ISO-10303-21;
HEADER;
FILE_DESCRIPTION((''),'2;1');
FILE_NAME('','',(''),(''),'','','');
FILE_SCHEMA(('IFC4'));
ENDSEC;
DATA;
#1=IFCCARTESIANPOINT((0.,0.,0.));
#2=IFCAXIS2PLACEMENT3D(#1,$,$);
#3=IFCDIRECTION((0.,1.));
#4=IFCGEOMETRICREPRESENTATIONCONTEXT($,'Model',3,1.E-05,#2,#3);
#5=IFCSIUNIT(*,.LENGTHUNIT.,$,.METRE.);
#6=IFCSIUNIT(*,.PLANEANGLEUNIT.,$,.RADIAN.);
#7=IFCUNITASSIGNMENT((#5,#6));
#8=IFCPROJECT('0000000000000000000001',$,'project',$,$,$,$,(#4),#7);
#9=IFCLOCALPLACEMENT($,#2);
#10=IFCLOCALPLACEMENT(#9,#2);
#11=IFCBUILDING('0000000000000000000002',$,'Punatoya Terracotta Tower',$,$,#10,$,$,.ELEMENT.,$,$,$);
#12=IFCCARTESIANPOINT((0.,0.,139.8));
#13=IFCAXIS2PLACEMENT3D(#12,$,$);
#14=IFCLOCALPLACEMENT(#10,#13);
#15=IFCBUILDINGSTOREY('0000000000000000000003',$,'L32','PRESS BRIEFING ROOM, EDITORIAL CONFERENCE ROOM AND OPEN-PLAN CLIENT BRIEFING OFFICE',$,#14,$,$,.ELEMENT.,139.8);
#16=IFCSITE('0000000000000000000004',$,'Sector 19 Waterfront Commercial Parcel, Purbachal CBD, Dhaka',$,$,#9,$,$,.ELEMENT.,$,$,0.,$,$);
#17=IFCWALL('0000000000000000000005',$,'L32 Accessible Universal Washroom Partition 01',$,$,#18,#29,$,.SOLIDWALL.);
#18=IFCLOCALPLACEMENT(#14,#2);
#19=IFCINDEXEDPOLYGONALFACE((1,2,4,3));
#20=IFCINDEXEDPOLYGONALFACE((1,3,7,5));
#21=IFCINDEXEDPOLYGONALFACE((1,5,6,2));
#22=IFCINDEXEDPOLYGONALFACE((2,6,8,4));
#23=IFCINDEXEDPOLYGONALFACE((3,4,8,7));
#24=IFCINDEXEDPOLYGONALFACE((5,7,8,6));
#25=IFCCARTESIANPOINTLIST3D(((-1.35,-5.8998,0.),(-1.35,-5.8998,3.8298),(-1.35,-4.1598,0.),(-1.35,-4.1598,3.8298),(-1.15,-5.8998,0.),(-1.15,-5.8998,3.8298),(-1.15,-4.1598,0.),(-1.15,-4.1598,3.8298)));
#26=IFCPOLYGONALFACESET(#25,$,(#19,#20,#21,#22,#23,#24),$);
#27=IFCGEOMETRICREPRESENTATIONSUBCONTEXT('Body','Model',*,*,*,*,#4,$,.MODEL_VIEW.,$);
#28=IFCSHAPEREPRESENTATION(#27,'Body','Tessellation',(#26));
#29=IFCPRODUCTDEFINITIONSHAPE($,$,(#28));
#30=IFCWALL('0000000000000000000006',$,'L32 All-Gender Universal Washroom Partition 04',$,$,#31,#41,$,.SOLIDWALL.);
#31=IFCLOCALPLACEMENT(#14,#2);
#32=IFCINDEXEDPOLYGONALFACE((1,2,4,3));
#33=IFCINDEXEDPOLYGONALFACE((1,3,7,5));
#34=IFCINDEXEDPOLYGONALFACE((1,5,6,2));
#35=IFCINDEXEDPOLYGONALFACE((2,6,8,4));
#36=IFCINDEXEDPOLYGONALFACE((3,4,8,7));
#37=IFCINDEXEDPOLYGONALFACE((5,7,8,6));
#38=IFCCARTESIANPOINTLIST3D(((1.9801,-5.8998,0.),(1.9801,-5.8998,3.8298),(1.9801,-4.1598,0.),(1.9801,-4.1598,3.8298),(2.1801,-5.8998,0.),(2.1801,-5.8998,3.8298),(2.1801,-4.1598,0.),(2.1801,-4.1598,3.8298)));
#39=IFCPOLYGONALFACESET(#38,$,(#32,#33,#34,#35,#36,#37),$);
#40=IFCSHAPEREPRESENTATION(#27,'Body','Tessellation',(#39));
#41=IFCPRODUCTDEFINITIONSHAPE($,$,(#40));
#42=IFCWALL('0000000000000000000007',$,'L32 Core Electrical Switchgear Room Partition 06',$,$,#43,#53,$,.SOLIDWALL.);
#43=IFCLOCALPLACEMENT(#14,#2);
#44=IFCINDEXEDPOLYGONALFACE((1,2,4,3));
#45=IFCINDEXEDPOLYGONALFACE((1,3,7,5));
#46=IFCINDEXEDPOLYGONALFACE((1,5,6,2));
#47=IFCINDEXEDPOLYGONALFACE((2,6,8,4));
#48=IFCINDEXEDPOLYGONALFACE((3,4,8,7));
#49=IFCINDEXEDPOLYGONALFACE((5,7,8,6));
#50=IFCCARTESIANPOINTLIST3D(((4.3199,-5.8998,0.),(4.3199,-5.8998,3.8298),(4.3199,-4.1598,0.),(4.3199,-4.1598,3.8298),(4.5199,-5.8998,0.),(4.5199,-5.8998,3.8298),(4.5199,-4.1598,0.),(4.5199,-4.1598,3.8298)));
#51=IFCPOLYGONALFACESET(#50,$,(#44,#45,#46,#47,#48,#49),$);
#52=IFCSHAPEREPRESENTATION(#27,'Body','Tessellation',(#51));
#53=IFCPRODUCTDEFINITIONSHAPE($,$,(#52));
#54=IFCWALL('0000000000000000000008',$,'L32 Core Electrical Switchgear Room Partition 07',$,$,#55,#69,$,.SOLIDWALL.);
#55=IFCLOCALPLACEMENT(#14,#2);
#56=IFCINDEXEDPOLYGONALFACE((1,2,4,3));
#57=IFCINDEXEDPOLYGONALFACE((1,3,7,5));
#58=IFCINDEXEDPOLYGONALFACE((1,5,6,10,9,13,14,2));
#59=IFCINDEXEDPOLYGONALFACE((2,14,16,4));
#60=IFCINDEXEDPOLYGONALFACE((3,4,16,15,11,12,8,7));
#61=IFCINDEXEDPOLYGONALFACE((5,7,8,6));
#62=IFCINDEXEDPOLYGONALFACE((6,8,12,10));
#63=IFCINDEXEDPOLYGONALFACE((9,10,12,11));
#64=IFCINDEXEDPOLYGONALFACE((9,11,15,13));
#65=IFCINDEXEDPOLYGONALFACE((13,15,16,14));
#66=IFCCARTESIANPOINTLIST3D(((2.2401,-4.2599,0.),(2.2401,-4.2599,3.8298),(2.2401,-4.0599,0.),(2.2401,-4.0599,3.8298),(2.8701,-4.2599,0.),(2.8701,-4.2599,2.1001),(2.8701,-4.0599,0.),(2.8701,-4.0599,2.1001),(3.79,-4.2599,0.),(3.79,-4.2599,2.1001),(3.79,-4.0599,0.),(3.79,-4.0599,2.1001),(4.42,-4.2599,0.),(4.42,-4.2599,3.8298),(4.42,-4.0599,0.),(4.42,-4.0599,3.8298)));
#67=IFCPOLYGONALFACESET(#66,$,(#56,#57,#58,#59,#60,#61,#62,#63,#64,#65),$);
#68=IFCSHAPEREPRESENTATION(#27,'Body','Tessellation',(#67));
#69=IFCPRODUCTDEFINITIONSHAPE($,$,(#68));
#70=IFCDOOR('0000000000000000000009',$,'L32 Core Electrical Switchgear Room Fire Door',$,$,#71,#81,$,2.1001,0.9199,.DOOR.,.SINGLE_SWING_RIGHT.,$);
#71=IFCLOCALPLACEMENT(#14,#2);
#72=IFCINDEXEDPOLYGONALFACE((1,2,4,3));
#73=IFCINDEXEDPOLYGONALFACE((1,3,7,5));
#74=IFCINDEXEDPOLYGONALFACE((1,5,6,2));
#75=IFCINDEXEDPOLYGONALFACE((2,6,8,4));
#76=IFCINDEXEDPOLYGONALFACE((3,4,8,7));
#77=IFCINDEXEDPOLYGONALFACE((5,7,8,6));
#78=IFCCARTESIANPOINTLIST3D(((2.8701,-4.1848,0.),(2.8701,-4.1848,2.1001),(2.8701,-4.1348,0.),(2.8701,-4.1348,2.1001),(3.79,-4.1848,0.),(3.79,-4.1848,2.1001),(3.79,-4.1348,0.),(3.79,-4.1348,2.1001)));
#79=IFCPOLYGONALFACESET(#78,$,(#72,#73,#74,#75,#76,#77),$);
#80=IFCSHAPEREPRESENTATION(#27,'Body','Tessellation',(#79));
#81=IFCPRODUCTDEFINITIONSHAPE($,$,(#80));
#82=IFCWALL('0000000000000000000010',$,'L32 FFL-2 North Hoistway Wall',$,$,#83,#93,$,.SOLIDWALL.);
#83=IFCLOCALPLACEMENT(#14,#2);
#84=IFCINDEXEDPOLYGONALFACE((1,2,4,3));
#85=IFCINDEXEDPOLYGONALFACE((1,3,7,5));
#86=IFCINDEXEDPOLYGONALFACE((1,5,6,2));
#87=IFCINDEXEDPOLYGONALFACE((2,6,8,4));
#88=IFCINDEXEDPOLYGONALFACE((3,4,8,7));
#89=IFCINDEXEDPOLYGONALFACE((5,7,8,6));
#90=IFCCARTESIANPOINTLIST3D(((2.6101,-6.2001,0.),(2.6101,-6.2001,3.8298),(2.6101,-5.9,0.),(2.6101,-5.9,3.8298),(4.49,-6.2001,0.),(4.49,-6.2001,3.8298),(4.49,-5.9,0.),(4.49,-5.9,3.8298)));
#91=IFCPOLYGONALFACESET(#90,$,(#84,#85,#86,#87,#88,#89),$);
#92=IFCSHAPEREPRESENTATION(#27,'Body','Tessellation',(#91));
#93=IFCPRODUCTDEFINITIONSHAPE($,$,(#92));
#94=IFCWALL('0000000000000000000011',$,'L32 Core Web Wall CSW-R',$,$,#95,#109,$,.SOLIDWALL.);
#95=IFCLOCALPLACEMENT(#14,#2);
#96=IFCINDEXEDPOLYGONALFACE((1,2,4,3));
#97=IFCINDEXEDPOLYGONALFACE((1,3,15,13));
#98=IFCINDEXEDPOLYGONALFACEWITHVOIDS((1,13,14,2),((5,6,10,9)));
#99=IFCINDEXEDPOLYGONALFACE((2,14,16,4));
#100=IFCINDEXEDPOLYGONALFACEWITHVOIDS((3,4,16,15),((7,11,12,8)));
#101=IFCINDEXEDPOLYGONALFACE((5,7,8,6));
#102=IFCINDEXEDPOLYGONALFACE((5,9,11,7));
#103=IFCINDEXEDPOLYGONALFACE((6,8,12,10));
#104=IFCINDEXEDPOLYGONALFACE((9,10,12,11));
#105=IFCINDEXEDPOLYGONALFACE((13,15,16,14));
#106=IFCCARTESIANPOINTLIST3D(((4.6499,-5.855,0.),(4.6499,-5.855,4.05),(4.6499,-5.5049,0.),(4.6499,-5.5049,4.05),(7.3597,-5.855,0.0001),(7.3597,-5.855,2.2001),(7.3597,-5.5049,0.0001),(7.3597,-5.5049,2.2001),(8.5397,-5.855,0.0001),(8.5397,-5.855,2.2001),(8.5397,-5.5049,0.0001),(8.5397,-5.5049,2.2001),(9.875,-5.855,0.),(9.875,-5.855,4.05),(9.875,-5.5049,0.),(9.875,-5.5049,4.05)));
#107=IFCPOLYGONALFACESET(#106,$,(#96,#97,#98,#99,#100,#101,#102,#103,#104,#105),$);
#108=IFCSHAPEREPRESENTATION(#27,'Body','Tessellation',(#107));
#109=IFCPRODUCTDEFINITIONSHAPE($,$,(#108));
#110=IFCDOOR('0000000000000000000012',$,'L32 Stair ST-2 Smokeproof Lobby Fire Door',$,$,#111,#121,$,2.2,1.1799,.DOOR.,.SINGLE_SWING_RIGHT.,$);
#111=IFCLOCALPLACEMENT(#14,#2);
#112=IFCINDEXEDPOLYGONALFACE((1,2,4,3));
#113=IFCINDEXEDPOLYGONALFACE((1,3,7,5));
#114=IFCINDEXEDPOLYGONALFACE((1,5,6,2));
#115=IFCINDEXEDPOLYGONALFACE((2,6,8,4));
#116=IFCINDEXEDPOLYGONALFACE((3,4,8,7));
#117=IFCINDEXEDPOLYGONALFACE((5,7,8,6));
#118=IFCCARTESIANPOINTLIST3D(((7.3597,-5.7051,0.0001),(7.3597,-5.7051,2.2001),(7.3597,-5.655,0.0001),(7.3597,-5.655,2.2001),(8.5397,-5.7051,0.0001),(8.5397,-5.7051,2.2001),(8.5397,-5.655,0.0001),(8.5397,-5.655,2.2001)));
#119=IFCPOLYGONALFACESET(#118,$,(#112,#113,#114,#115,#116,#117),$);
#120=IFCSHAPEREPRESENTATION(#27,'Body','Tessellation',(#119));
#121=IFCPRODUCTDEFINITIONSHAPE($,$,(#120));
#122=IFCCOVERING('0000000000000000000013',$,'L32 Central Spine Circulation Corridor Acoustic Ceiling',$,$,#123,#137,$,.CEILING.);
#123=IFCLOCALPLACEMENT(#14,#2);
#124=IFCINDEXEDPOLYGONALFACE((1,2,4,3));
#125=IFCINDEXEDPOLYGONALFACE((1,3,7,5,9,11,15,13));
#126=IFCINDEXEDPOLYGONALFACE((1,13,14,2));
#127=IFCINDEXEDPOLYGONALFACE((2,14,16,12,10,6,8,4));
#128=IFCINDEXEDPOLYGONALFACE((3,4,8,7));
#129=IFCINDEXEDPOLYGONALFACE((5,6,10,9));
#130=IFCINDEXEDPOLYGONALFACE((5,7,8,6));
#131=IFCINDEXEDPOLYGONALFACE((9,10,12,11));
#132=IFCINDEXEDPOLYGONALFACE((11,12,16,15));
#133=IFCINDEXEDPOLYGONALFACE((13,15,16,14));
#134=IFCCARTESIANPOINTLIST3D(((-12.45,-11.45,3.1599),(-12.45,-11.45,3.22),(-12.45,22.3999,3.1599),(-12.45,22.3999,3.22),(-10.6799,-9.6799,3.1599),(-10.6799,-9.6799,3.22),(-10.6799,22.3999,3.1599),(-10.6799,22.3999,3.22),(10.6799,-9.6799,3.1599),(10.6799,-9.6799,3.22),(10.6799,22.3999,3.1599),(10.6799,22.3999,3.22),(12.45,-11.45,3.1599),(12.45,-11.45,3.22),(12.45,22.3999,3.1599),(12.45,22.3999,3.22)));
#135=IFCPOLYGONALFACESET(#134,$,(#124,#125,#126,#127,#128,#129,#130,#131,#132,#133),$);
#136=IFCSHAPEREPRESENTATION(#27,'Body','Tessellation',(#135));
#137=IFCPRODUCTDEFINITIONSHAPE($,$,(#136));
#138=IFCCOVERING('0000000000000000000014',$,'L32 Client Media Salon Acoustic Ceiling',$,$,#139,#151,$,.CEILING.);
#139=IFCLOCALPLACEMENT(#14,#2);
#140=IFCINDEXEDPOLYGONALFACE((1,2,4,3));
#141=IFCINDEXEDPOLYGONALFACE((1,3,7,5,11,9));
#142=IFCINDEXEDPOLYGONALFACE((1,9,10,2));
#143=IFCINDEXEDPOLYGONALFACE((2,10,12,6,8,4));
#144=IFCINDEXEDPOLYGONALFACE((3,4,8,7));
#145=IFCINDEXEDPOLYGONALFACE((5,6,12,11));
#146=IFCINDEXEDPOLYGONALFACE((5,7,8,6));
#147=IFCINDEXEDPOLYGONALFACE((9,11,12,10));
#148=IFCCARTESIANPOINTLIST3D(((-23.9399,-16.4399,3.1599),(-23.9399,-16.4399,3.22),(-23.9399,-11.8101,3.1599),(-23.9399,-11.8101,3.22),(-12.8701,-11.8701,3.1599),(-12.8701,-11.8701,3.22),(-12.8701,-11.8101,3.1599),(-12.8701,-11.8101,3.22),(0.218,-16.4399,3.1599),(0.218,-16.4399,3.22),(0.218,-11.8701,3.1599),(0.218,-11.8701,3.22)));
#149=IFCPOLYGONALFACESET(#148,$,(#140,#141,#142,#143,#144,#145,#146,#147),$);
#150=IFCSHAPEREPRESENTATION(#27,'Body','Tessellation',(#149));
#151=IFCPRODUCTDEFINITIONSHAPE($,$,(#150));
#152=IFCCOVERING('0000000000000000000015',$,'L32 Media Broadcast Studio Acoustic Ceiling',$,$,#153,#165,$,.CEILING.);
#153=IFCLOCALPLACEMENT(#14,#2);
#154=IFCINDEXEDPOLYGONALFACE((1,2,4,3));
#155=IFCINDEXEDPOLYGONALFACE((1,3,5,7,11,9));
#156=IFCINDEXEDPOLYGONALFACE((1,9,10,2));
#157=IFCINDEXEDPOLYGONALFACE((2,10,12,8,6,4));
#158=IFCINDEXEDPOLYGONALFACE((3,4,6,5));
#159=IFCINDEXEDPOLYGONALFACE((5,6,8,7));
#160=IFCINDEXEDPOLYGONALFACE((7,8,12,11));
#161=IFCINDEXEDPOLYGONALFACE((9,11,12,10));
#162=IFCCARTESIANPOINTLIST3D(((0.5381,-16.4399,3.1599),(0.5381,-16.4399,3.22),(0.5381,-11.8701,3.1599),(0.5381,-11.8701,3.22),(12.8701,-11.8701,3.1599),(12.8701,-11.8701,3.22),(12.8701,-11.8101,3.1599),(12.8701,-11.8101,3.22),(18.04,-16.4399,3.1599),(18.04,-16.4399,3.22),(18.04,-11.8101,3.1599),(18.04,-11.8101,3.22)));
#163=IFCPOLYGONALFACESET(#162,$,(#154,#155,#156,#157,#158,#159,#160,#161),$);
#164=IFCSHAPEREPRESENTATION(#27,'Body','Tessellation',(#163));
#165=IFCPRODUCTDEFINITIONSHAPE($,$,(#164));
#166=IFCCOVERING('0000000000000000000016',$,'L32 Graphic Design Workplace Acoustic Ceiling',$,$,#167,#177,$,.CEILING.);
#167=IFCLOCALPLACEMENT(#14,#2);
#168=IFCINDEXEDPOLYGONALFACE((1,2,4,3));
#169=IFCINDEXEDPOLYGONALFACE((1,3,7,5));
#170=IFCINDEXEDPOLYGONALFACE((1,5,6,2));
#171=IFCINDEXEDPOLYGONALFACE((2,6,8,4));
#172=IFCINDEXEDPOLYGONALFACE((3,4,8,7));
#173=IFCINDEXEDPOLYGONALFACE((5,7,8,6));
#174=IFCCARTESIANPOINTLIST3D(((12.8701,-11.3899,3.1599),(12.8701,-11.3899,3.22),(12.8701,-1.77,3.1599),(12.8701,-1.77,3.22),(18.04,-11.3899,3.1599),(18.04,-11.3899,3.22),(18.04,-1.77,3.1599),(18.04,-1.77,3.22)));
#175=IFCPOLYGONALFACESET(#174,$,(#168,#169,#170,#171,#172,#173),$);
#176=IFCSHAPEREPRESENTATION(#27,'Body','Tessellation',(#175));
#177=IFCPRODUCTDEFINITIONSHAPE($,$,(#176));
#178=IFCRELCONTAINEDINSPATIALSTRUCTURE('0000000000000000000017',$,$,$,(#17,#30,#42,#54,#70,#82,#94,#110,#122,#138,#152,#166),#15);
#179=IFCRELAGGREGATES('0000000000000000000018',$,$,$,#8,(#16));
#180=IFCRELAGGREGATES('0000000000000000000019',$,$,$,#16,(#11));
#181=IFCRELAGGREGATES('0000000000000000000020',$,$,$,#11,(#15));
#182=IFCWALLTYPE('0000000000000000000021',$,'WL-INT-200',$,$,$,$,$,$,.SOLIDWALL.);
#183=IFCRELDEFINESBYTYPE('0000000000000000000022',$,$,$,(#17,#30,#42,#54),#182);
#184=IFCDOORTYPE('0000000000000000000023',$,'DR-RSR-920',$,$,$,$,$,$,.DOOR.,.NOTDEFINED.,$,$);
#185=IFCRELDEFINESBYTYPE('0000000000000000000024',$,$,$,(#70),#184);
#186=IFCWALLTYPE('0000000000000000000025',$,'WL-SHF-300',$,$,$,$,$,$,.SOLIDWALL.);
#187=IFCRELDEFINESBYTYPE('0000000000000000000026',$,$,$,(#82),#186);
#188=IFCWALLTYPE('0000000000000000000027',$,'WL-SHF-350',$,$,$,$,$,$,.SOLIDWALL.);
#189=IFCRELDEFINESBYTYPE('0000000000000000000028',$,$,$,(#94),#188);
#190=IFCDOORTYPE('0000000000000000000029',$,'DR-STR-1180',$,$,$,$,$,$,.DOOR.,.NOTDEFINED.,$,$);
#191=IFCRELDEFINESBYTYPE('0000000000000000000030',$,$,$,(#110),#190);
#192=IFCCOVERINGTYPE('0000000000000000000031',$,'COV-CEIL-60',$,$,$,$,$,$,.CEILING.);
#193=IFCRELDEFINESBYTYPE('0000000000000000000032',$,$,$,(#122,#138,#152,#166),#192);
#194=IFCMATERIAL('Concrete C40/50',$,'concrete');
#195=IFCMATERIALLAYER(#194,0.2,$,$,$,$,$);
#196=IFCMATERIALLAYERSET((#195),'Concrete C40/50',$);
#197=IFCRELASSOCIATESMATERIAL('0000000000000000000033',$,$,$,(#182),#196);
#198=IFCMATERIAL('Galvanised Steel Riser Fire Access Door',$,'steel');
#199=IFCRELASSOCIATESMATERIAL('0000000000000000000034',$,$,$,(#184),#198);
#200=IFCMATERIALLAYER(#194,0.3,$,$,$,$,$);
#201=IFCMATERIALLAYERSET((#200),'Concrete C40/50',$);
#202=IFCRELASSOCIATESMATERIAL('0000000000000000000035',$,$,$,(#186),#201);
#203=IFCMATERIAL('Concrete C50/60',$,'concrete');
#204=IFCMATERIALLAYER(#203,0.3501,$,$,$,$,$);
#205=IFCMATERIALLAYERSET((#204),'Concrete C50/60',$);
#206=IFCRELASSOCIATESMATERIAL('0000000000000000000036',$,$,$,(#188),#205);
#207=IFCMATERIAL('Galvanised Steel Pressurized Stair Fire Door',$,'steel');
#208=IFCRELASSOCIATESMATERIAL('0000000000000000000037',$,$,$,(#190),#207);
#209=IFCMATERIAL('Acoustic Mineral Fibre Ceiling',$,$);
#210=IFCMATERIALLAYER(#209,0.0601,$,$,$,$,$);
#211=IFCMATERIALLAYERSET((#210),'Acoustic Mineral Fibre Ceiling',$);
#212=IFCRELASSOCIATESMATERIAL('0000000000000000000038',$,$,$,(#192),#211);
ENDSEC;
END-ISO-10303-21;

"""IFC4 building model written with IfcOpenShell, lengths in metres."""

from ifc_helpers import new_model, si_unit, direction, frame, frame_2d, origin, place, context, subcontext, project, spatial, polyline, rectangle, outline, extrude, material, layer, layer_set, type_object, element, fill, save


model = new_model("IFC4")

# Units and contexts
model_context = context("Model", 3, precision=1e-05, world=origin(), true_north=direction((0.0, 1.0)))
body_context = subcontext(model_context, "Body", "Model", "MODEL_VIEW")
ifc_project = project(units=[si_unit("LENGTHUNIT", "METRE"), si_unit("PLANEANGLEUNIT", "RADIAN")], contexts=[model_context])

# Site, building, storey
site_placement = place(None, origin())
site = spatial("IfcSite", under=ifc_project, at=site_placement, Name="Sector 19 Waterfront Commercial Parcel, Purbachal CBD, Dhaka", CompositionType="ELEMENT", RefElevation=0.0)
building_placement = place(site_placement, origin())
building = spatial("IfcBuilding", under=site, at=building_placement, Name="Punatoya Terracotta Tower", CompositionType="ELEMENT")
storey_placement = place(building_placement, frame((0.0, 0.0, 139.8)))
storey = spatial("IfcBuildingStorey", under=building, at=storey_placement, Name="L32", Description="PRESS BRIEFING ROOM, EDITORIAL CONFERENCE ROOM AND OPEN-PLAN CLIENT BRIEFING OFFICE", CompositionType="ELEMENT", Elevation=139.8)

# Shared definitions
ifc_material_1 = material(Name="Concrete C40/50", Category="concrete")

# Wall
ifc_layer_1 = layer(ifc_material_1, 0.2)
ifc_layer_set_1 = layer_set([ifc_layer_1], Name="Concrete C40/50")
wall_type_1 = type_object("IfcWallType", Name="WL-INT-200", PredefinedType="SOLIDWALL", material=ifc_layer_set_1)
wall_1_placement = place(storey_placement, frame((-1.25, -5.8999, 0.0), z_axis=(0.0, 0.0, 1.0), x_axis=(0.0, 1.0, 0.0)))
element("IfcWall", 1, at=wall_1_placement, inside=storey, type_object=wall_type_1, Name="L32 Accessible Universal Washroom Partition 01", PredefinedType="SOLIDWALL", context=body_context, shape_type="SweptSolid", body=[
    extrude(rectangle(XDim=1.74, YDim=0.2, at=frame_2d((0.8701, 0.0))), origin(), (0.0, 0.0, 1.0), 3.8298),
])

# Wall
wall_2_placement = place(storey_placement, frame((2.0801, -5.8999, 0.0), z_axis=(0.0, 0.0, 1.0), x_axis=(0.0, 1.0, 0.0)))
element("IfcWall", 2, at=wall_2_placement, inside=storey, type_object=wall_type_1, Name="L32 All-Gender Universal Washroom Partition 04", PredefinedType="SOLIDWALL", context=body_context, shape_type="SweptSolid", body=[
    extrude(rectangle(XDim=1.74, YDim=0.2, at=frame_2d((0.8701, 0.0))), origin(), (0.0, 0.0, 1.0), 3.8298),
])

# Wall
wall_3_placement = place(storey_placement, frame((4.4199, -5.8999, 0.0), z_axis=(0.0, 0.0, 1.0), x_axis=(0.0, 1.0, 0.0)))
element("IfcWall", 3, at=wall_3_placement, inside=storey, type_object=wall_type_1, Name="L32 Core Electrical Switchgear Room Partition 06", PredefinedType="SOLIDWALL", context=body_context, shape_type="SweptSolid", body=[
    extrude(rectangle(XDim=1.74, YDim=0.2, at=frame_2d((0.8701, 0.0))), origin(), (0.0, 0.0, 1.0), 3.8298),
])

# Wall, opening, door
wall_4_placement = place(storey_placement, frame((4.4199, -4.1599, 0.0), z_axis=(0.0, 0.0, 1.0), x_axis=(-1.0, 0.0, 0.0)))
wall_4 = element("IfcWall", 4, at=wall_4_placement, inside=storey, type_object=wall_type_1, Name="L32 Core Electrical Switchgear Room Partition 07", PredefinedType="SOLIDWALL", context=body_context, shape_type="SweptSolid", body=[
    extrude(rectangle(XDim=2.1799, YDim=0.2, at=frame_2d((1.0898, 0.0))), origin(), (0.0, 0.0, 1.0), 3.8298),
])
opening_1_placement = place(wall_4_placement, frame((0.6299, 0.0, 0.0)))
opening_1 = element("IfcOpeningElement", 5, at=opening_1_placement, cuts=wall_4, PredefinedType="OPENING", context=body_context, shape_type="SweptSolid", body=[
    extrude(rectangle(XDim=0.9199, YDim=2.1001, at=frame_2d((0.46, 1.05))), frame((0.0, 0.1099, 0.0), z_axis=(0.0, -1.0, 0.0), x_axis=(1.0, 0.0, 0.0)), (0.0, 0.0, 1.0), 0.22),
])
ifc_material_2 = material(Name="Galvanised Steel Riser Fire Access Door", Category="steel")
door_type_1 = type_object("IfcDoorType", Name="DR-RSR-920", OperationType="NOTDEFINED", PredefinedType="DOOR", material=ifc_material_2)
door_1_placement = place(opening_1_placement, origin())
door_1 = element("IfcDoor", 6, at=door_1_placement, inside=storey, type_object=door_type_1, Name="L32 Core Electrical Switchgear Room Fire Door", OperationType="SINGLE_SWING_RIGHT", OverallHeight=2.1001, OverallWidth=0.9199, PredefinedType="DOOR", context=body_context, shape_type="SweptSolid", body=[
    extrude(rectangle(XDim=0.9199, YDim=2.1001, at=frame_2d((0.46, 1.05))), frame((0.0, 0.0249, 0.0), z_axis=(0.0, -1.0, 0.0), x_axis=(1.0, 0.0, 0.0)), (0.0, 0.0, 1.0), 0.05),
])
fill(opening_1, door_1)

# Wall
ifc_layer_2 = layer(ifc_material_1, 0.3)
ifc_layer_set_2 = layer_set([ifc_layer_2], Name="Concrete C40/50")
wall_type_2 = type_object("IfcWallType", Name="WL-SHF-300", PredefinedType="SOLIDWALL", material=ifc_layer_set_2)
wall_5_placement = place(storey_placement, frame((2.6101, -6.05, 0.0), z_axis=(0.0, 0.0, 1.0), x_axis=(1.0, 0.0, 0.0)))
element("IfcWall", 7, at=wall_5_placement, inside=storey, type_object=wall_type_2, Name="L32 FFL-2 North Hoistway Wall", PredefinedType="SOLIDWALL", context=body_context, shape_type="SweptSolid", body=[
    extrude(rectangle(XDim=1.8799, YDim=0.3, at=frame_2d((0.9399, 0.0))), origin(), (0.0, 0.0, 1.0), 3.8298),
])

# Wall, opening, door
ifc_material_3 = material(Name="Concrete C50/60", Category="concrete")
ifc_layer_3 = layer(ifc_material_3, 0.3501)
ifc_layer_set_3 = layer_set([ifc_layer_3], Name="Concrete C50/60")
wall_type_3 = type_object("IfcWallType", Name="WL-SHF-350", PredefinedType="SOLIDWALL", material=ifc_layer_set_3)
wall_6_placement = place(storey_placement, frame((4.6499, -5.6799, 0.0), z_axis=(0.0, 0.0, 1.0), x_axis=(1.0, 0.0, 0.0)))
wall_6 = element("IfcWall", 8, at=wall_6_placement, inside=storey, type_object=wall_type_3, Name="L32 Core Web Wall CSW-R", PredefinedType="SOLIDWALL", context=body_context, shape_type="SweptSolid", body=[
    extrude(rectangle(XDim=5.2251, YDim=0.3501, at=frame_2d((2.6125, 0.0))), origin(), (0.0, 0.0, 1.0), 4.05),
])
opening_2_placement = place(wall_6_placement, frame((2.71, 0.0, 0.0)))
opening_2 = element("IfcOpeningElement", 9, at=opening_2_placement, cuts=wall_6, PredefinedType="OPENING", context=body_context, shape_type="SweptSolid", body=[
    extrude(rectangle(XDim=1.1799, YDim=2.2, at=frame_2d((0.5898, 1.1001))), frame((0.0, 0.1851, 0.0), z_axis=(0.0, -1.0, 0.0), x_axis=(1.0, 0.0, 0.0)), (0.0, 0.0, 1.0), 0.3701),
])
ifc_material_4 = material(Name="Galvanised Steel Pressurized Stair Fire Door", Category="steel")
door_type_2 = type_object("IfcDoorType", Name="DR-STR-1180", OperationType="NOTDEFINED", PredefinedType="DOOR", material=ifc_material_4)
door_2_placement = place(opening_2_placement, origin())
door_2 = element("IfcDoor", 10, at=door_2_placement, inside=storey, type_object=door_type_2, Name="L32 Stair ST-2 Smokeproof Lobby Fire Door", OperationType="SINGLE_SWING_RIGHT", OverallHeight=2.2, OverallWidth=1.1799, PredefinedType="DOOR", context=body_context, shape_type="SweptSolid", body=[
    extrude(rectangle(XDim=1.1799, YDim=2.2, at=frame_2d((0.5898, 1.1001))), frame((0.0, 0.0249, 0.0), z_axis=(0.0, -1.0, 0.0), x_axis=(1.0, 0.0, 0.0)), (0.0, 0.0, 1.0), 0.05),
])
fill(opening_2, door_2)

# Coverings
ifc_material_5 = material(Name="Acoustic Mineral Fibre Ceiling")
ifc_layer_4 = layer(ifc_material_5, 0.0601)
ifc_layer_set_4 = layer_set([ifc_layer_4], Name="Acoustic Mineral Fibre Ceiling")
covering_type = type_object("IfcCoveringType", Name="COV-CEIL-60", PredefinedType="CEILING", material=ifc_layer_set_4)
covering_1_placement = place(storey_placement, frame((0.0, 0.0, 3.1599)))
element("IfcCovering", 11, at=covering_1_placement, inside=storey, type_object=covering_type, Name="L32 Central Spine Circulation Corridor Acoustic Ceiling", PredefinedType="CEILING", context=body_context, shape_type="SweptSolid", body=[
    extrude(outline(polyline([(10.6799, -9.6799), (-10.6799, -9.6799), (-10.6799, 22.3999), (-12.45, 22.3999), (-12.45, -11.45), (12.45, -11.45), (12.45, 22.3999), (10.6799, 22.3999), (10.6799, -9.6799)])), origin(), (0.0, 0.0, 1.0), 0.0601),
])
covering_2_placement = place(storey_placement, frame((0.0, 0.0, 3.1599)))
element("IfcCovering", 12, at=covering_2_placement, inside=storey, type_object=covering_type, Name="L32 Client Media Salon Acoustic Ceiling", PredefinedType="CEILING", context=body_context, shape_type="SweptSolid", body=[
    extrude(outline(polyline([(-12.8701, -11.8701), (-12.8701, -11.8101), (-23.9399, -11.8101), (-23.9399, -16.4399), (0.218, -16.4399), (0.218, -11.8701), (-12.8701, -11.8701)])), origin(), (0.0, 0.0, 1.0), 0.0601),
])
covering_3_placement = place(storey_placement, frame((0.0, 0.0, 3.1599)))
element("IfcCovering", 13, at=covering_3_placement, inside=storey, type_object=covering_type, Name="L32 Media Broadcast Studio Acoustic Ceiling", PredefinedType="CEILING", context=body_context, shape_type="SweptSolid", body=[
    extrude(outline(polyline([(12.8701, -11.8701), (0.5381, -11.8701), (0.5381, -16.4399), (18.04, -16.4399), (18.04, -11.8101), (12.8701, -11.8101), (12.8701, -11.8701)])), origin(), (0.0, 0.0, 1.0), 0.0601),
])
covering_4_placement = place(storey_placement, frame((0.0, 0.0, 3.1599)))
element("IfcCovering", 14, at=covering_4_placement, inside=storey, type_object=covering_type, Name="L32 Graphic Design Workplace Acoustic Ceiling", PredefinedType="CEILING", context=body_context, shape_type="SweptSolid", body=[
    extrude(outline(polyline([(12.8701, -1.77), (12.8701, -11.3899), (18.04, -11.3899), (18.04, -1.77), (12.8701, -1.77)])), origin(), (0.0, 0.0, 1.0), 0.0601),
])

save(model, "model.ifc")
